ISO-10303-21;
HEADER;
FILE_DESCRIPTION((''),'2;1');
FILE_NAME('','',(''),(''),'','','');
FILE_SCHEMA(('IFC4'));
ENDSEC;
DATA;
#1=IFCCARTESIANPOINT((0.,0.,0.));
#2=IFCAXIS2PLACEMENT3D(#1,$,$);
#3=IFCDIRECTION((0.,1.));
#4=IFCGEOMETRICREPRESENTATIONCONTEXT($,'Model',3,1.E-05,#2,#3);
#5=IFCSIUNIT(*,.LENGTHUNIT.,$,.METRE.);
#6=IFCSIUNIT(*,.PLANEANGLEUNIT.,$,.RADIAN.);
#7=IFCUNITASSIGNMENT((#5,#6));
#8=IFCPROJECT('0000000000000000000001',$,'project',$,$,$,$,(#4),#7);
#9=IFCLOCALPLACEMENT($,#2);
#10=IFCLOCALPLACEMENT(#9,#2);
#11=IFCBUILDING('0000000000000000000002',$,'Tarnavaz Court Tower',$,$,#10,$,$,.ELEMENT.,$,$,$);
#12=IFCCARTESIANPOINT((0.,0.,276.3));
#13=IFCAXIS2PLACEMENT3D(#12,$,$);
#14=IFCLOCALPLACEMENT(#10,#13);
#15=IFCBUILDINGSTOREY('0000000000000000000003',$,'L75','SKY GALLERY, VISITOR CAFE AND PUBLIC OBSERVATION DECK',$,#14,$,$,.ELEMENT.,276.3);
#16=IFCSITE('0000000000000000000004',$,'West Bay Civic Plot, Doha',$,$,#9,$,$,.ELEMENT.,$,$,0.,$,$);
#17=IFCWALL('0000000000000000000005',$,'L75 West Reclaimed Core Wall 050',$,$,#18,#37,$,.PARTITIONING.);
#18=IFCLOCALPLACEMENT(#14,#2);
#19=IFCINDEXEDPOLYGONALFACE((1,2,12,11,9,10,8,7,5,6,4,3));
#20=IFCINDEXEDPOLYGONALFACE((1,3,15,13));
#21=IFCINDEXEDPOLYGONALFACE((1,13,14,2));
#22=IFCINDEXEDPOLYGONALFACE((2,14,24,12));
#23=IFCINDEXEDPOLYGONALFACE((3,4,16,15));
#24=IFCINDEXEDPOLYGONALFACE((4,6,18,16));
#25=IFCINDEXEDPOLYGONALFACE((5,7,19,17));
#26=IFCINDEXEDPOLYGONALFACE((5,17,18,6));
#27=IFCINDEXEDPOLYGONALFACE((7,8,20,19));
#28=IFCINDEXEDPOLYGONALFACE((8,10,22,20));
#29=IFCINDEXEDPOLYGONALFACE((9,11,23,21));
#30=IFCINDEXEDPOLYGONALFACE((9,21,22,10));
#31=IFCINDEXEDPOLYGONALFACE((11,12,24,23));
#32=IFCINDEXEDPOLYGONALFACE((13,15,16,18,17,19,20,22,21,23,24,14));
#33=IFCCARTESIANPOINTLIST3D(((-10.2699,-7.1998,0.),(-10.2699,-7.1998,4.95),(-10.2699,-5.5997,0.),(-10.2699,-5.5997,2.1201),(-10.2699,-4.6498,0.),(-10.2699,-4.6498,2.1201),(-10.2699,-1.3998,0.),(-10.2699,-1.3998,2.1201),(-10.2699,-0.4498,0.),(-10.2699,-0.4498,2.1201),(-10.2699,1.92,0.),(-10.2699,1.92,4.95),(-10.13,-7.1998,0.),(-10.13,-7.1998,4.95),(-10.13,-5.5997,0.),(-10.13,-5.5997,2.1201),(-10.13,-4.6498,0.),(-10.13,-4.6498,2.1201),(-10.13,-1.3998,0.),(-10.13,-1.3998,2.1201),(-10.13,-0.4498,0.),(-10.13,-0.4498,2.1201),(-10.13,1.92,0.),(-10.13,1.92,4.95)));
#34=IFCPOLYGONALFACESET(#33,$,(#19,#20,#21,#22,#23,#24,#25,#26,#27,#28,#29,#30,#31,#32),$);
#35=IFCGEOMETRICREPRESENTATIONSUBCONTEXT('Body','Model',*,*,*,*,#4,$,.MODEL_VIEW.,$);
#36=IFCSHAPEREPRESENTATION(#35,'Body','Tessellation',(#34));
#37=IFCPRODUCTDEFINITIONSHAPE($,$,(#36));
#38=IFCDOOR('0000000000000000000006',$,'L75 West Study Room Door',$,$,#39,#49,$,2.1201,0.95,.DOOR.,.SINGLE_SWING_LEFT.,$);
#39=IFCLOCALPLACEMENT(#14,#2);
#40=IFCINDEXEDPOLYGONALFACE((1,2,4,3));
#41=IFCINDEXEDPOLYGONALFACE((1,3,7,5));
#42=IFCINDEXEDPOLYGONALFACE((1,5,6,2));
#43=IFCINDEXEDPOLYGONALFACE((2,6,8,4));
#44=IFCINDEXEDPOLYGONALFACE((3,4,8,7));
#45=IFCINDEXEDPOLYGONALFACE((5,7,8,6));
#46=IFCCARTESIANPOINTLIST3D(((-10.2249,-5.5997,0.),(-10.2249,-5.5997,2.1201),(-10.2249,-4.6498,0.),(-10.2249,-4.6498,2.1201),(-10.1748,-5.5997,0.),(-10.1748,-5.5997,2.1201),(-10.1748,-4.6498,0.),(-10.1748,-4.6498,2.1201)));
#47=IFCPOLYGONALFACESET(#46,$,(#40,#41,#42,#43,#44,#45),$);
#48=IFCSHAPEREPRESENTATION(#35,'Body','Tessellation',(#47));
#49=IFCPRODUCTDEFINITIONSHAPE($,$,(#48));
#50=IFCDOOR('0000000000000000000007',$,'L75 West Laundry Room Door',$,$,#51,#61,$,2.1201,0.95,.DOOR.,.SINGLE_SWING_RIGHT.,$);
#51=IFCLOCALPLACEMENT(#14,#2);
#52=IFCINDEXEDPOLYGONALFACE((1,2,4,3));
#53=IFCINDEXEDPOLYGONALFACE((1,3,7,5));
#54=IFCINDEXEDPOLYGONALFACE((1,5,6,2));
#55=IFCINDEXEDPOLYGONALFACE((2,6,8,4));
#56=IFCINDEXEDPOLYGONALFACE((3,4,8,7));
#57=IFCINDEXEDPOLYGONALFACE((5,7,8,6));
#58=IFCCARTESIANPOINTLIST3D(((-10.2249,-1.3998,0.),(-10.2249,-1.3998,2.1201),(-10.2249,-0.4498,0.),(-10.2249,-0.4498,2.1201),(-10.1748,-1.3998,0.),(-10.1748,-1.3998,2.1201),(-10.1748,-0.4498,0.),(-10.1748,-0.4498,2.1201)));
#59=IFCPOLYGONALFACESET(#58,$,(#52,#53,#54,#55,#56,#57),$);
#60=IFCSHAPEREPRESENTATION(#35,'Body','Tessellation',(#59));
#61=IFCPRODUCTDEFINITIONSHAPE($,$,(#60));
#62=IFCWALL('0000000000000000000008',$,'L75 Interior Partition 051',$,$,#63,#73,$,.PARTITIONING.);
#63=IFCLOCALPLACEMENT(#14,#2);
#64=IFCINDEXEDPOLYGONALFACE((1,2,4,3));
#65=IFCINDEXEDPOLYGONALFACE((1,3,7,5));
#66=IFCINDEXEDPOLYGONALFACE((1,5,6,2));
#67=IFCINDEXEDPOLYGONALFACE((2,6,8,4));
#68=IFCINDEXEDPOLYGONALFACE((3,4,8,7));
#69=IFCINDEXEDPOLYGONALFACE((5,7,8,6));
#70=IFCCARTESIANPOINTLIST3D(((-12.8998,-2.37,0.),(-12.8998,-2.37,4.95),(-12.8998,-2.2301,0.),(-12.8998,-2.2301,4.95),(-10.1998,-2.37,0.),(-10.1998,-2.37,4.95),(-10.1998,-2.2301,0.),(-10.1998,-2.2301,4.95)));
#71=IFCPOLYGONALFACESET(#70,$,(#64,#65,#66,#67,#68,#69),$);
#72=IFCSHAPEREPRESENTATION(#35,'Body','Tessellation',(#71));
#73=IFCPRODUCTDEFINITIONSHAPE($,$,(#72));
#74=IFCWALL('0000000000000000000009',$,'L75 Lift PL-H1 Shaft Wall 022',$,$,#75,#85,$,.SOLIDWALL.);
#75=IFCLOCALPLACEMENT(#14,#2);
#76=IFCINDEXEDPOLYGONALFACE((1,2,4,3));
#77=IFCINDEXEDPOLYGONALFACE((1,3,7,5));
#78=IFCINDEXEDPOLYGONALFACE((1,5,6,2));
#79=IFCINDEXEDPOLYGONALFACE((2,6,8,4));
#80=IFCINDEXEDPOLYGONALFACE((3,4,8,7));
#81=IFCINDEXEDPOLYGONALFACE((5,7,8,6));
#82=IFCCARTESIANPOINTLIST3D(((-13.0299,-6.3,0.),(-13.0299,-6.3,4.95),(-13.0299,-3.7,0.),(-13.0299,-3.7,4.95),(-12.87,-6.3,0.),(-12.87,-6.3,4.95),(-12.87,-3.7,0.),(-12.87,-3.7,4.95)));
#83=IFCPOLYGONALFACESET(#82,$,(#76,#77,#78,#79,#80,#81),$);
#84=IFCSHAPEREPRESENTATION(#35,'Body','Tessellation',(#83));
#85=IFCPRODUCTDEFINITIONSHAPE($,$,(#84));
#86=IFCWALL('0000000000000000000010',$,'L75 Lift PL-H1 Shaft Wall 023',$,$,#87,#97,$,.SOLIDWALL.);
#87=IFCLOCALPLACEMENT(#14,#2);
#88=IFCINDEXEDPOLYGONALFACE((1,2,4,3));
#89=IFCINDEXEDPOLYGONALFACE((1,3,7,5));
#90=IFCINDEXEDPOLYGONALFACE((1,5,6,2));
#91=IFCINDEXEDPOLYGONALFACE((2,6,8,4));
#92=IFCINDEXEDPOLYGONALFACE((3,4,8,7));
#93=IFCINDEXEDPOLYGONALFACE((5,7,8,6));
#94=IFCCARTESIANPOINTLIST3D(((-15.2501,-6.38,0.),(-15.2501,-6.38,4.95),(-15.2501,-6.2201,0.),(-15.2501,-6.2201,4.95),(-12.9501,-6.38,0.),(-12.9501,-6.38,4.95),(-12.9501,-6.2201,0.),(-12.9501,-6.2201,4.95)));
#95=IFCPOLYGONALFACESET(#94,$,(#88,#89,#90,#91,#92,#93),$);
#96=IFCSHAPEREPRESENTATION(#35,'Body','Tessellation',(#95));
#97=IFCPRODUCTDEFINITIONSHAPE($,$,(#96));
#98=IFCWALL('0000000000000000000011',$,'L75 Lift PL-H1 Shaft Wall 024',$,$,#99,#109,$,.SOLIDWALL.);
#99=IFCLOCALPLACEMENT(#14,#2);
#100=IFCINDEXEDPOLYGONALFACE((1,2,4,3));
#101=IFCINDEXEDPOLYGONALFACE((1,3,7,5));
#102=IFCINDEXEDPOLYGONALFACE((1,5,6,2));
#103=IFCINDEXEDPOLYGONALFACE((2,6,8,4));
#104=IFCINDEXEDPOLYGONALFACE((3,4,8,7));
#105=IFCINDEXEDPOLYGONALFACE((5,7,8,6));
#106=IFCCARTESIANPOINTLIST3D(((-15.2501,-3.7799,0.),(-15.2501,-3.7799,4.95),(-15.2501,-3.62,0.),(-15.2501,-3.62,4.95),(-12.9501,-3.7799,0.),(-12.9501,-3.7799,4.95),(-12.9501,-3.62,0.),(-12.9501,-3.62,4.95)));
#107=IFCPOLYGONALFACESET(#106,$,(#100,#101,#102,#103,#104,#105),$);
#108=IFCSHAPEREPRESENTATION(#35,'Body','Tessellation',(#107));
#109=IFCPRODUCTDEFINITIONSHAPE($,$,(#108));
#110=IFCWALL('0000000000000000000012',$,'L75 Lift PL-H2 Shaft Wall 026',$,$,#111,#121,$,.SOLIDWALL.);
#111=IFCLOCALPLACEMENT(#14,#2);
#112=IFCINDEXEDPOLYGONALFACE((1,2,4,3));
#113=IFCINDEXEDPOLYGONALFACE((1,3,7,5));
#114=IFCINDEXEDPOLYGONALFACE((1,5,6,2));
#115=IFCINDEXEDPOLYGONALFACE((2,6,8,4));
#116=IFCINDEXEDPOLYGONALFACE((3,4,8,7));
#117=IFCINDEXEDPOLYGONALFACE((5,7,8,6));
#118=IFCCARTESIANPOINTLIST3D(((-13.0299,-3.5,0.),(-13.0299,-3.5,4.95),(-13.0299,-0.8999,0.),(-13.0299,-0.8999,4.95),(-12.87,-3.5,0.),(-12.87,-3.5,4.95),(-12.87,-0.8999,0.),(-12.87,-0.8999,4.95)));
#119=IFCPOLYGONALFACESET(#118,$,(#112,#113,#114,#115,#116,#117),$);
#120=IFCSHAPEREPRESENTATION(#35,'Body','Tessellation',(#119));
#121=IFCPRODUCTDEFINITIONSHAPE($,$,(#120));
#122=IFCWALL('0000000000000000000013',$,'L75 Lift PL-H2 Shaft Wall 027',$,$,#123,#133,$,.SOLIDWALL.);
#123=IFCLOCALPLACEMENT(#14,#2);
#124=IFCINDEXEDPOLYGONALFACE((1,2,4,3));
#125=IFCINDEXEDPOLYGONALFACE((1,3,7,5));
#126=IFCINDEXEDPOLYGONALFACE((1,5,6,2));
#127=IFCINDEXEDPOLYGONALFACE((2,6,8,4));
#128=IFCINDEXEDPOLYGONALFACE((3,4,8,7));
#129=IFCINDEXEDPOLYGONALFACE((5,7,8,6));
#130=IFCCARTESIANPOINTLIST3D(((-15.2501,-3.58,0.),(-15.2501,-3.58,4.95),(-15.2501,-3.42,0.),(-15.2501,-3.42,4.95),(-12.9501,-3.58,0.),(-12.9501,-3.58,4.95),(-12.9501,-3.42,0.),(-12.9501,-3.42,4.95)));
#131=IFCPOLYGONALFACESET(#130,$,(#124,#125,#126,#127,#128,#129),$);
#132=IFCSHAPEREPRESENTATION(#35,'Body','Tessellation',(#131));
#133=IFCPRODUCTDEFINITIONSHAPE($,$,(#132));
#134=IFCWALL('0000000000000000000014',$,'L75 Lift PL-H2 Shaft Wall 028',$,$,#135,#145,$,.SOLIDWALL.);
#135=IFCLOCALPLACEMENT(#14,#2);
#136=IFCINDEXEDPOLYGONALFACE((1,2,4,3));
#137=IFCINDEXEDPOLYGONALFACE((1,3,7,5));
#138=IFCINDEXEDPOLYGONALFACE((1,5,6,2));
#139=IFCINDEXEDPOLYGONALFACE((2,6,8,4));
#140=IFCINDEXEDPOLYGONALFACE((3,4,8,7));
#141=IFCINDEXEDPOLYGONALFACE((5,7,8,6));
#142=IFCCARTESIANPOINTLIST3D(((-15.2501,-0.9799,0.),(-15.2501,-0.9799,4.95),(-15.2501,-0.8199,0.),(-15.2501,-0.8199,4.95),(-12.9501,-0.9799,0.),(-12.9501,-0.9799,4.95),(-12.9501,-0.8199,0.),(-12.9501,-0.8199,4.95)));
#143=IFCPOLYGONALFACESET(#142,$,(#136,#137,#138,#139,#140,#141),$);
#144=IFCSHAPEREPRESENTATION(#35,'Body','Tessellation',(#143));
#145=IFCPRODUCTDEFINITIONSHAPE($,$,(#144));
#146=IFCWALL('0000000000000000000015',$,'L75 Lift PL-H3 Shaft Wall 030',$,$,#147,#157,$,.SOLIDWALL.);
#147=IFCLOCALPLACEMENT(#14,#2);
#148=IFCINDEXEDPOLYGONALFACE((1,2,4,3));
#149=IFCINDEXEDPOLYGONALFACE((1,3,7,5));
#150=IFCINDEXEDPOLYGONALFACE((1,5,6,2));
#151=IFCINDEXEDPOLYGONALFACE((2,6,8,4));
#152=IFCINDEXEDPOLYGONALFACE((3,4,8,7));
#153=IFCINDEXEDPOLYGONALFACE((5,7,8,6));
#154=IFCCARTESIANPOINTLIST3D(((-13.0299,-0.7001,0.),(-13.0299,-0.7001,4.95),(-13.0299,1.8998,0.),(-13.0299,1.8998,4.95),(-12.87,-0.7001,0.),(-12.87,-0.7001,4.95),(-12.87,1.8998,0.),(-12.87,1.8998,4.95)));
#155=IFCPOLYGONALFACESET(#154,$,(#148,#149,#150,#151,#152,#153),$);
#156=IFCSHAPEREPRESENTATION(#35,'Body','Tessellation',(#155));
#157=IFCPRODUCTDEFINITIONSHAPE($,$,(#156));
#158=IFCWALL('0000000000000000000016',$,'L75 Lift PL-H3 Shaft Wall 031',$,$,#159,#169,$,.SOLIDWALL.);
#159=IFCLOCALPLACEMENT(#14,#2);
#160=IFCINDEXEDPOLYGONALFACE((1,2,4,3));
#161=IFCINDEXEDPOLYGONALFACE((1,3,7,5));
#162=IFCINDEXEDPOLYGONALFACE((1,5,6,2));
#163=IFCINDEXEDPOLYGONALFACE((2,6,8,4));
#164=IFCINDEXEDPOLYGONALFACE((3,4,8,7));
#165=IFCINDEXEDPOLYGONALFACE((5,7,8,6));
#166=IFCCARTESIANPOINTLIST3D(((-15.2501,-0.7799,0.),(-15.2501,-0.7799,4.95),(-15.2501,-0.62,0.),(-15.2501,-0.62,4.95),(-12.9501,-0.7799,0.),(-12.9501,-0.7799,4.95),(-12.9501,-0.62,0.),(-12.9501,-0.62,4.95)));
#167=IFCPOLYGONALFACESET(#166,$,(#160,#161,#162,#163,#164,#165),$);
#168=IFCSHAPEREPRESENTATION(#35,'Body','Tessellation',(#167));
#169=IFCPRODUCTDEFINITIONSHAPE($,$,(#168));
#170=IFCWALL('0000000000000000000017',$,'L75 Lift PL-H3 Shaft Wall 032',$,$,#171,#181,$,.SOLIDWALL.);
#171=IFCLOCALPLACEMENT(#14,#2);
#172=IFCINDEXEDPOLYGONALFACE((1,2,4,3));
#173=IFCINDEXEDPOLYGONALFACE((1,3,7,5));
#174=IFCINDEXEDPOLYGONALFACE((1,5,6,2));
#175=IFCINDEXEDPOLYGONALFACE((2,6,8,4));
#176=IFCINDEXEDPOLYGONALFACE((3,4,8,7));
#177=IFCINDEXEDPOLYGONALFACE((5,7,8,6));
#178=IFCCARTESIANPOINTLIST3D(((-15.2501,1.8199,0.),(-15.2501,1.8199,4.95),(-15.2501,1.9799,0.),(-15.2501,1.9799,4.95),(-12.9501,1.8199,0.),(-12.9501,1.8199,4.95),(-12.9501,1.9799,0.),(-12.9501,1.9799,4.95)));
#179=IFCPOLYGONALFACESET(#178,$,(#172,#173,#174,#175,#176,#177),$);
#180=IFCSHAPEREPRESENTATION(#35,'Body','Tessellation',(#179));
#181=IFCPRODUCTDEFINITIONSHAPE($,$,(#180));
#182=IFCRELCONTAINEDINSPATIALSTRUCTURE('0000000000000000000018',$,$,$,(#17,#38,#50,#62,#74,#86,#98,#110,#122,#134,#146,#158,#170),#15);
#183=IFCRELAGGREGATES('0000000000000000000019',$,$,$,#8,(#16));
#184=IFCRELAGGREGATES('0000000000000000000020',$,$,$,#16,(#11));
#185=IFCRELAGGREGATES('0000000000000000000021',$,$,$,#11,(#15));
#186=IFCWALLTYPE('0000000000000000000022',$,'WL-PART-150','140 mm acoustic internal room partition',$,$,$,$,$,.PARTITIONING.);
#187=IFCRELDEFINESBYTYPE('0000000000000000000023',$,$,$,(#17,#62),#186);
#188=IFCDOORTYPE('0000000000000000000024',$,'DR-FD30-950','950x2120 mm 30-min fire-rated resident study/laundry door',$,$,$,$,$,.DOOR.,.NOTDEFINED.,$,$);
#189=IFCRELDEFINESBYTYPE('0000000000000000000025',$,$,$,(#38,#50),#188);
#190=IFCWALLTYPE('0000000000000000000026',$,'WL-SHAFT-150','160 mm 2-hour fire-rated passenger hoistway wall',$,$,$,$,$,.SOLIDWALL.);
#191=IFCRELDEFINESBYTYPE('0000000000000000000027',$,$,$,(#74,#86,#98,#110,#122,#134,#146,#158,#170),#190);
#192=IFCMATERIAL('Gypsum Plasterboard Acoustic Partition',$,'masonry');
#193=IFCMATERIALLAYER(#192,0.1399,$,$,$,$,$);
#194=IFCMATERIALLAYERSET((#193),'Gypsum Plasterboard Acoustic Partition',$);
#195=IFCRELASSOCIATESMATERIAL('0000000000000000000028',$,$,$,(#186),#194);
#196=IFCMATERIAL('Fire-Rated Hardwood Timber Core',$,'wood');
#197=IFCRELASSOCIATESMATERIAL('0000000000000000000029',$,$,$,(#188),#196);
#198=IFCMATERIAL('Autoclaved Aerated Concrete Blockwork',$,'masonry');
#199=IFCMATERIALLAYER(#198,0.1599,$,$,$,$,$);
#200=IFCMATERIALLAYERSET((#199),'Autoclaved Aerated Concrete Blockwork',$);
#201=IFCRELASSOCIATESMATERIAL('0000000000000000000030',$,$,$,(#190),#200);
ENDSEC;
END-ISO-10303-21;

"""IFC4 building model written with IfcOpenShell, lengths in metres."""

from ifc_helpers import new_model, si_unit, direction, frame, frame_2d, origin, place, context, subcontext, project, spatial, rectangle, extrude, material, layer, layer_set, type_object, element, fill, save


model = new_model("IFC4")

# Units and contexts
model_context = context("Model", 3, precision=1e-05, world=origin(), true_north=direction((0.0, 1.0)))
body_context = subcontext(model_context, "Body", "Model", "MODEL_VIEW")
ifc_project = project(units=[si_unit("LENGTHUNIT", "METRE"), si_unit("PLANEANGLEUNIT", "RADIAN")], contexts=[model_context])

# Site, building, storey
site_placement = place(None, origin())
site = spatial("IfcSite", under=ifc_project, at=site_placement, Name="West Bay Civic Plot, Doha", CompositionType="ELEMENT", RefElevation=0.0)
building_placement = place(site_placement, origin())
building = spatial("IfcBuilding", under=site, at=building_placement, Name="Tarnavaz Court Tower", CompositionType="ELEMENT")
storey_placement = place(building_placement, frame((0.0, 0.0, 276.3)))
storey = spatial("IfcBuildingStorey", under=building, at=storey_placement, Name="L75", Description="SKY GALLERY, VISITOR CAFE AND PUBLIC OBSERVATION DECK", CompositionType="ELEMENT", Elevation=276.3)

# Shared definitions
ifc_material_1 = material(Name="Gypsum Plasterboard Acoustic Partition", Category="masonry")
ifc_layer_1 = layer(ifc_material_1, 0.1399)
ifc_layer_set_1 = layer_set([ifc_layer_1], Name="Gypsum Plasterboard Acoustic Partition")
wall_type_1 = type_object("IfcWallType", Name="WL-PART-150", Description="140 mm acoustic internal room partition", PredefinedType="PARTITIONING", material=ifc_layer_set_1)
ifc_material_2 = material(Name="Fire-Rated Hardwood Timber Core", Category="wood")

# Wall, openings, doors
wall_1_placement = place(storey_placement, frame((-10.2, -7.2, 0.0), z_axis=(0.0, 0.0, 1.0), x_axis=(0.0, 1.0, 0.0)))
wall_1 = element("IfcWall", 1, at=wall_1_placement, inside=storey, type_object=wall_type_1, Name="L75 West Reclaimed Core Wall 050", PredefinedType="PARTITIONING", context=body_context, shape_type="SweptSolid", body=[
    extrude(rectangle(XDim=9.1199, YDim=0.1399, at=frame_2d((4.5601, 0.0))), origin(), (0.0, 0.0, 1.0), 4.95),
])
opening_1_placement = place(wall_1_placement, frame((1.6001, 0.0, 0.0)))
opening_1 = element("IfcOpeningElement", 2, at=opening_1_placement, cuts=wall_1, PredefinedType="OPENING", context=body_context, shape_type="SweptSolid", body=[
    extrude(rectangle(XDim=0.95, YDim=2.1201, at=frame_2d((0.4751, 1.0601))), frame((0.0, 0.0798, 0.0), z_axis=(0.0, -1.0, 0.0), x_axis=(1.0, 0.0, 0.0)), (0.0, 0.0, 1.0), 0.1599),
])
opening_2_placement = place(wall_1_placement, frame((5.8, 0.0, 0.0)))
opening_2 = element("IfcOpeningElement", 3, at=opening_2_placement, cuts=wall_1, PredefinedType="OPENING", context=body_context, shape_type="SweptSolid", body=[
    extrude(rectangle(XDim=0.95, YDim=2.1201, at=frame_2d((0.4751, 1.0601))), frame((0.0, 0.0798, 0.0), z_axis=(0.0, -1.0, 0.0), x_axis=(1.0, 0.0, 0.0)), (0.0, 0.0, 1.0), 0.1599),
])
door_type_1 = type_object("IfcDoorType", Name="DR-FD30-950", Description="950x2120 mm 30-min fire-rated resident study/laundry door", OperationType="NOTDEFINED", PredefinedType="DOOR", material=ifc_material_2)
door_1_placement = place(opening_1_placement, origin())
door_1 = element("IfcDoor", 4, at=door_1_placement, inside=storey, type_object=door_type_1, Name="L75 West Study Room Door", OperationType="SINGLE_SWING_LEFT", OverallHeight=2.1201, OverallWidth=0.95, PredefinedType="DOOR", context=body_context, shape_type="SweptSolid", body=[
    extrude(rectangle(XDim=0.95, YDim=2.1201, at=frame_2d((0.4751, 1.0601))), frame((0.0, 0.0249, 0.0), z_axis=(0.0, -1.0, 0.0), x_axis=(1.0, 0.0, 0.0)), (0.0, 0.0, 1.0), 0.05),
])
fill(opening_1, door_1)
door_2_placement = place(opening_2_placement, origin())
door_2 = element("IfcDoor", 5, at=door_2_placement, inside=storey, type_object=door_type_1, Name="L75 West Laundry Room Door", OperationType="SINGLE_SWING_RIGHT", OverallHeight=2.1201, OverallWidth=0.95, PredefinedType="DOOR", context=body_context, shape_type="SweptSolid", body=[
    extrude(rectangle(XDim=0.95, YDim=2.1201, at=frame_2d((0.4751, 1.0601))), frame((0.0, 0.0249, 0.0), z_axis=(0.0, -1.0, 0.0), x_axis=(1.0, 0.0, 0.0)), (0.0, 0.0, 1.0), 0.05),
])
fill(opening_2, door_2)

# Wall
wall_2_placement = place(storey_placement, frame((-12.8999, -2.3, 0.0), z_axis=(0.0, 0.0, 1.0), x_axis=(1.0, 0.0, 0.0)))
element("IfcWall", 6, at=wall_2_placement, inside=storey, type_object=wall_type_1, Name="L75 Interior Partition 051", PredefinedType="PARTITIONING", context=body_context, shape_type="SweptSolid", body=[
    extrude(rectangle(XDim=2.7, YDim=0.1399, at=frame_2d((1.3501, 0.0))), origin(), (0.0, 0.0, 1.0), 4.95),
])

# Shared definitions
ifc_material_3 = material(Name="Autoclaved Aerated Concrete Blockwork", Category="masonry")
ifc_layer_2 = layer(ifc_material_3, 0.1599)
ifc_layer_set_2 = layer_set([ifc_layer_2], Name="Autoclaved Aerated Concrete Blockwork")
wall_type_2 = type_object("IfcWallType", Name="WL-SHAFT-150", Description="160 mm 2-hour fire-rated passenger hoistway wall", PredefinedType="SOLIDWALL", material=ifc_layer_set_2)

# Walls
wall_3_placement = place(storey_placement, frame((-12.95, -6.3, 0.0), z_axis=(0.0, 0.0, 1.0), x_axis=(0.0, 1.0, 0.0)))
element("IfcWall", 7, at=wall_3_placement, inside=storey, type_object=wall_type_2, Name="L75 Lift PL-H1 Shaft Wall 022", PredefinedType="SOLIDWALL", context=body_context, shape_type="SweptSolid", body=[
    extrude(rectangle(XDim=2.6001, YDim=0.1599, at=frame_2d((1.3, 0.0))), origin(), (0.0, 0.0, 1.0), 4.95),
])
for number, where, z_axis, x_axis, name in (
    (8, (-15.25, -6.3, 0.0), (0.0, 0.0, 1.0), (1.0, 0.0, 0.0), "L75 Lift PL-H1 Shaft Wall 023"),
    (9, (-15.25, -3.7, 0.0), (0.0, 0.0, 1.0), (1.0, 0.0, 0.0), "L75 Lift PL-H1 Shaft Wall 024"),
):
    element("IfcWall", number, at=place(storey_placement, frame(where, z_axis=z_axis, x_axis=x_axis)), inside=storey, type_object=wall_type_2, Name=name, PredefinedType="SOLIDWALL", context=body_context, shape_type="SweptSolid", body=[
        extrude(rectangle(XDim=2.3, YDim=0.1599, at=frame_2d((1.1499, 0.0))), origin(), (0.0, 0.0, 1.0), 4.95),
    ])

# Walls
wall_4_placement = place(storey_placement, frame((-12.95, -3.5, 0.0), z_axis=(0.0, 0.0, 1.0), x_axis=(0.0, 1.0, 0.0)))
element("IfcWall", 10, at=wall_4_placement, inside=storey, type_object=wall_type_2, Name="L75 Lift PL-H2 Shaft Wall 026", PredefinedType="SOLIDWALL", context=body_context, shape_type="SweptSolid", body=[
    extrude(rectangle(XDim=2.6001, YDim=0.1599, at=frame_2d((1.3, 0.0))), origin(), (0.0, 0.0, 1.0), 4.95),
])
for number, where, z_axis, x_axis, name in (
    (11, (-15.25, -3.5, 0.0), (0.0, 0.0, 1.0), (1.0, 0.0, 0.0), "L75 Lift PL-H2 Shaft Wall 027"),
    (12, (-15.25, -0.8999, 0.0), (0.0, 0.0, 1.0), (1.0, 0.0, 0.0), "L75 Lift PL-H2 Shaft Wall 028"),
):
    element("IfcWall", number, at=place(storey_placement, frame(where, z_axis=z_axis, x_axis=x_axis)), inside=storey, type_object=wall_type_2, Name=name, PredefinedType="SOLIDWALL", context=body_context, shape_type="SweptSolid", body=[
        extrude(rectangle(XDim=2.3, YDim=0.1599, at=frame_2d((1.1499, 0.0))), origin(), (0.0, 0.0, 1.0), 4.95),
    ])

# Walls
wall_5_placement = place(storey_placement, frame((-12.95, -0.7, 0.0), z_axis=(0.0, 0.0, 1.0), x_axis=(0.0, 1.0, 0.0)))
element("IfcWall", 13, at=wall_5_placement, inside=storey, type_object=wall_type_2, Name="L75 Lift PL-H3 Shaft Wall 030", PredefinedType="SOLIDWALL", context=body_context, shape_type="SweptSolid", body=[
    extrude(rectangle(XDim=2.5999, YDim=0.1599, at=frame_2d((1.2998, 0.0))), origin(), (0.0, 0.0, 1.0), 4.95),
])
for number, where, z_axis, x_axis, name in (
    (14, (-15.25, -0.7, 0.0), (0.0, 0.0, 1.0), (1.0, 0.0, 0.0), "L75 Lift PL-H3 Shaft Wall 031"),
    (15, (-15.25, 1.8999, 0.0), (0.0, 0.0, 1.0), (1.0, 0.0, 0.0), "L75 Lift PL-H3 Shaft Wall 032"),
):
    element("IfcWall", number, at=place(storey_placement, frame(where, z_axis=z_axis, x_axis=x_axis)), inside=storey, type_object=wall_type_2, Name=name, PredefinedType="SOLIDWALL", context=body_context, shape_type="SweptSolid", body=[
        extrude(rectangle(XDim=2.3, YDim=0.1599, at=frame_2d((1.1499, 0.0))), origin(), (0.0, 0.0, 1.0), 4.95),
    ])

save(model, "model.ifc")
